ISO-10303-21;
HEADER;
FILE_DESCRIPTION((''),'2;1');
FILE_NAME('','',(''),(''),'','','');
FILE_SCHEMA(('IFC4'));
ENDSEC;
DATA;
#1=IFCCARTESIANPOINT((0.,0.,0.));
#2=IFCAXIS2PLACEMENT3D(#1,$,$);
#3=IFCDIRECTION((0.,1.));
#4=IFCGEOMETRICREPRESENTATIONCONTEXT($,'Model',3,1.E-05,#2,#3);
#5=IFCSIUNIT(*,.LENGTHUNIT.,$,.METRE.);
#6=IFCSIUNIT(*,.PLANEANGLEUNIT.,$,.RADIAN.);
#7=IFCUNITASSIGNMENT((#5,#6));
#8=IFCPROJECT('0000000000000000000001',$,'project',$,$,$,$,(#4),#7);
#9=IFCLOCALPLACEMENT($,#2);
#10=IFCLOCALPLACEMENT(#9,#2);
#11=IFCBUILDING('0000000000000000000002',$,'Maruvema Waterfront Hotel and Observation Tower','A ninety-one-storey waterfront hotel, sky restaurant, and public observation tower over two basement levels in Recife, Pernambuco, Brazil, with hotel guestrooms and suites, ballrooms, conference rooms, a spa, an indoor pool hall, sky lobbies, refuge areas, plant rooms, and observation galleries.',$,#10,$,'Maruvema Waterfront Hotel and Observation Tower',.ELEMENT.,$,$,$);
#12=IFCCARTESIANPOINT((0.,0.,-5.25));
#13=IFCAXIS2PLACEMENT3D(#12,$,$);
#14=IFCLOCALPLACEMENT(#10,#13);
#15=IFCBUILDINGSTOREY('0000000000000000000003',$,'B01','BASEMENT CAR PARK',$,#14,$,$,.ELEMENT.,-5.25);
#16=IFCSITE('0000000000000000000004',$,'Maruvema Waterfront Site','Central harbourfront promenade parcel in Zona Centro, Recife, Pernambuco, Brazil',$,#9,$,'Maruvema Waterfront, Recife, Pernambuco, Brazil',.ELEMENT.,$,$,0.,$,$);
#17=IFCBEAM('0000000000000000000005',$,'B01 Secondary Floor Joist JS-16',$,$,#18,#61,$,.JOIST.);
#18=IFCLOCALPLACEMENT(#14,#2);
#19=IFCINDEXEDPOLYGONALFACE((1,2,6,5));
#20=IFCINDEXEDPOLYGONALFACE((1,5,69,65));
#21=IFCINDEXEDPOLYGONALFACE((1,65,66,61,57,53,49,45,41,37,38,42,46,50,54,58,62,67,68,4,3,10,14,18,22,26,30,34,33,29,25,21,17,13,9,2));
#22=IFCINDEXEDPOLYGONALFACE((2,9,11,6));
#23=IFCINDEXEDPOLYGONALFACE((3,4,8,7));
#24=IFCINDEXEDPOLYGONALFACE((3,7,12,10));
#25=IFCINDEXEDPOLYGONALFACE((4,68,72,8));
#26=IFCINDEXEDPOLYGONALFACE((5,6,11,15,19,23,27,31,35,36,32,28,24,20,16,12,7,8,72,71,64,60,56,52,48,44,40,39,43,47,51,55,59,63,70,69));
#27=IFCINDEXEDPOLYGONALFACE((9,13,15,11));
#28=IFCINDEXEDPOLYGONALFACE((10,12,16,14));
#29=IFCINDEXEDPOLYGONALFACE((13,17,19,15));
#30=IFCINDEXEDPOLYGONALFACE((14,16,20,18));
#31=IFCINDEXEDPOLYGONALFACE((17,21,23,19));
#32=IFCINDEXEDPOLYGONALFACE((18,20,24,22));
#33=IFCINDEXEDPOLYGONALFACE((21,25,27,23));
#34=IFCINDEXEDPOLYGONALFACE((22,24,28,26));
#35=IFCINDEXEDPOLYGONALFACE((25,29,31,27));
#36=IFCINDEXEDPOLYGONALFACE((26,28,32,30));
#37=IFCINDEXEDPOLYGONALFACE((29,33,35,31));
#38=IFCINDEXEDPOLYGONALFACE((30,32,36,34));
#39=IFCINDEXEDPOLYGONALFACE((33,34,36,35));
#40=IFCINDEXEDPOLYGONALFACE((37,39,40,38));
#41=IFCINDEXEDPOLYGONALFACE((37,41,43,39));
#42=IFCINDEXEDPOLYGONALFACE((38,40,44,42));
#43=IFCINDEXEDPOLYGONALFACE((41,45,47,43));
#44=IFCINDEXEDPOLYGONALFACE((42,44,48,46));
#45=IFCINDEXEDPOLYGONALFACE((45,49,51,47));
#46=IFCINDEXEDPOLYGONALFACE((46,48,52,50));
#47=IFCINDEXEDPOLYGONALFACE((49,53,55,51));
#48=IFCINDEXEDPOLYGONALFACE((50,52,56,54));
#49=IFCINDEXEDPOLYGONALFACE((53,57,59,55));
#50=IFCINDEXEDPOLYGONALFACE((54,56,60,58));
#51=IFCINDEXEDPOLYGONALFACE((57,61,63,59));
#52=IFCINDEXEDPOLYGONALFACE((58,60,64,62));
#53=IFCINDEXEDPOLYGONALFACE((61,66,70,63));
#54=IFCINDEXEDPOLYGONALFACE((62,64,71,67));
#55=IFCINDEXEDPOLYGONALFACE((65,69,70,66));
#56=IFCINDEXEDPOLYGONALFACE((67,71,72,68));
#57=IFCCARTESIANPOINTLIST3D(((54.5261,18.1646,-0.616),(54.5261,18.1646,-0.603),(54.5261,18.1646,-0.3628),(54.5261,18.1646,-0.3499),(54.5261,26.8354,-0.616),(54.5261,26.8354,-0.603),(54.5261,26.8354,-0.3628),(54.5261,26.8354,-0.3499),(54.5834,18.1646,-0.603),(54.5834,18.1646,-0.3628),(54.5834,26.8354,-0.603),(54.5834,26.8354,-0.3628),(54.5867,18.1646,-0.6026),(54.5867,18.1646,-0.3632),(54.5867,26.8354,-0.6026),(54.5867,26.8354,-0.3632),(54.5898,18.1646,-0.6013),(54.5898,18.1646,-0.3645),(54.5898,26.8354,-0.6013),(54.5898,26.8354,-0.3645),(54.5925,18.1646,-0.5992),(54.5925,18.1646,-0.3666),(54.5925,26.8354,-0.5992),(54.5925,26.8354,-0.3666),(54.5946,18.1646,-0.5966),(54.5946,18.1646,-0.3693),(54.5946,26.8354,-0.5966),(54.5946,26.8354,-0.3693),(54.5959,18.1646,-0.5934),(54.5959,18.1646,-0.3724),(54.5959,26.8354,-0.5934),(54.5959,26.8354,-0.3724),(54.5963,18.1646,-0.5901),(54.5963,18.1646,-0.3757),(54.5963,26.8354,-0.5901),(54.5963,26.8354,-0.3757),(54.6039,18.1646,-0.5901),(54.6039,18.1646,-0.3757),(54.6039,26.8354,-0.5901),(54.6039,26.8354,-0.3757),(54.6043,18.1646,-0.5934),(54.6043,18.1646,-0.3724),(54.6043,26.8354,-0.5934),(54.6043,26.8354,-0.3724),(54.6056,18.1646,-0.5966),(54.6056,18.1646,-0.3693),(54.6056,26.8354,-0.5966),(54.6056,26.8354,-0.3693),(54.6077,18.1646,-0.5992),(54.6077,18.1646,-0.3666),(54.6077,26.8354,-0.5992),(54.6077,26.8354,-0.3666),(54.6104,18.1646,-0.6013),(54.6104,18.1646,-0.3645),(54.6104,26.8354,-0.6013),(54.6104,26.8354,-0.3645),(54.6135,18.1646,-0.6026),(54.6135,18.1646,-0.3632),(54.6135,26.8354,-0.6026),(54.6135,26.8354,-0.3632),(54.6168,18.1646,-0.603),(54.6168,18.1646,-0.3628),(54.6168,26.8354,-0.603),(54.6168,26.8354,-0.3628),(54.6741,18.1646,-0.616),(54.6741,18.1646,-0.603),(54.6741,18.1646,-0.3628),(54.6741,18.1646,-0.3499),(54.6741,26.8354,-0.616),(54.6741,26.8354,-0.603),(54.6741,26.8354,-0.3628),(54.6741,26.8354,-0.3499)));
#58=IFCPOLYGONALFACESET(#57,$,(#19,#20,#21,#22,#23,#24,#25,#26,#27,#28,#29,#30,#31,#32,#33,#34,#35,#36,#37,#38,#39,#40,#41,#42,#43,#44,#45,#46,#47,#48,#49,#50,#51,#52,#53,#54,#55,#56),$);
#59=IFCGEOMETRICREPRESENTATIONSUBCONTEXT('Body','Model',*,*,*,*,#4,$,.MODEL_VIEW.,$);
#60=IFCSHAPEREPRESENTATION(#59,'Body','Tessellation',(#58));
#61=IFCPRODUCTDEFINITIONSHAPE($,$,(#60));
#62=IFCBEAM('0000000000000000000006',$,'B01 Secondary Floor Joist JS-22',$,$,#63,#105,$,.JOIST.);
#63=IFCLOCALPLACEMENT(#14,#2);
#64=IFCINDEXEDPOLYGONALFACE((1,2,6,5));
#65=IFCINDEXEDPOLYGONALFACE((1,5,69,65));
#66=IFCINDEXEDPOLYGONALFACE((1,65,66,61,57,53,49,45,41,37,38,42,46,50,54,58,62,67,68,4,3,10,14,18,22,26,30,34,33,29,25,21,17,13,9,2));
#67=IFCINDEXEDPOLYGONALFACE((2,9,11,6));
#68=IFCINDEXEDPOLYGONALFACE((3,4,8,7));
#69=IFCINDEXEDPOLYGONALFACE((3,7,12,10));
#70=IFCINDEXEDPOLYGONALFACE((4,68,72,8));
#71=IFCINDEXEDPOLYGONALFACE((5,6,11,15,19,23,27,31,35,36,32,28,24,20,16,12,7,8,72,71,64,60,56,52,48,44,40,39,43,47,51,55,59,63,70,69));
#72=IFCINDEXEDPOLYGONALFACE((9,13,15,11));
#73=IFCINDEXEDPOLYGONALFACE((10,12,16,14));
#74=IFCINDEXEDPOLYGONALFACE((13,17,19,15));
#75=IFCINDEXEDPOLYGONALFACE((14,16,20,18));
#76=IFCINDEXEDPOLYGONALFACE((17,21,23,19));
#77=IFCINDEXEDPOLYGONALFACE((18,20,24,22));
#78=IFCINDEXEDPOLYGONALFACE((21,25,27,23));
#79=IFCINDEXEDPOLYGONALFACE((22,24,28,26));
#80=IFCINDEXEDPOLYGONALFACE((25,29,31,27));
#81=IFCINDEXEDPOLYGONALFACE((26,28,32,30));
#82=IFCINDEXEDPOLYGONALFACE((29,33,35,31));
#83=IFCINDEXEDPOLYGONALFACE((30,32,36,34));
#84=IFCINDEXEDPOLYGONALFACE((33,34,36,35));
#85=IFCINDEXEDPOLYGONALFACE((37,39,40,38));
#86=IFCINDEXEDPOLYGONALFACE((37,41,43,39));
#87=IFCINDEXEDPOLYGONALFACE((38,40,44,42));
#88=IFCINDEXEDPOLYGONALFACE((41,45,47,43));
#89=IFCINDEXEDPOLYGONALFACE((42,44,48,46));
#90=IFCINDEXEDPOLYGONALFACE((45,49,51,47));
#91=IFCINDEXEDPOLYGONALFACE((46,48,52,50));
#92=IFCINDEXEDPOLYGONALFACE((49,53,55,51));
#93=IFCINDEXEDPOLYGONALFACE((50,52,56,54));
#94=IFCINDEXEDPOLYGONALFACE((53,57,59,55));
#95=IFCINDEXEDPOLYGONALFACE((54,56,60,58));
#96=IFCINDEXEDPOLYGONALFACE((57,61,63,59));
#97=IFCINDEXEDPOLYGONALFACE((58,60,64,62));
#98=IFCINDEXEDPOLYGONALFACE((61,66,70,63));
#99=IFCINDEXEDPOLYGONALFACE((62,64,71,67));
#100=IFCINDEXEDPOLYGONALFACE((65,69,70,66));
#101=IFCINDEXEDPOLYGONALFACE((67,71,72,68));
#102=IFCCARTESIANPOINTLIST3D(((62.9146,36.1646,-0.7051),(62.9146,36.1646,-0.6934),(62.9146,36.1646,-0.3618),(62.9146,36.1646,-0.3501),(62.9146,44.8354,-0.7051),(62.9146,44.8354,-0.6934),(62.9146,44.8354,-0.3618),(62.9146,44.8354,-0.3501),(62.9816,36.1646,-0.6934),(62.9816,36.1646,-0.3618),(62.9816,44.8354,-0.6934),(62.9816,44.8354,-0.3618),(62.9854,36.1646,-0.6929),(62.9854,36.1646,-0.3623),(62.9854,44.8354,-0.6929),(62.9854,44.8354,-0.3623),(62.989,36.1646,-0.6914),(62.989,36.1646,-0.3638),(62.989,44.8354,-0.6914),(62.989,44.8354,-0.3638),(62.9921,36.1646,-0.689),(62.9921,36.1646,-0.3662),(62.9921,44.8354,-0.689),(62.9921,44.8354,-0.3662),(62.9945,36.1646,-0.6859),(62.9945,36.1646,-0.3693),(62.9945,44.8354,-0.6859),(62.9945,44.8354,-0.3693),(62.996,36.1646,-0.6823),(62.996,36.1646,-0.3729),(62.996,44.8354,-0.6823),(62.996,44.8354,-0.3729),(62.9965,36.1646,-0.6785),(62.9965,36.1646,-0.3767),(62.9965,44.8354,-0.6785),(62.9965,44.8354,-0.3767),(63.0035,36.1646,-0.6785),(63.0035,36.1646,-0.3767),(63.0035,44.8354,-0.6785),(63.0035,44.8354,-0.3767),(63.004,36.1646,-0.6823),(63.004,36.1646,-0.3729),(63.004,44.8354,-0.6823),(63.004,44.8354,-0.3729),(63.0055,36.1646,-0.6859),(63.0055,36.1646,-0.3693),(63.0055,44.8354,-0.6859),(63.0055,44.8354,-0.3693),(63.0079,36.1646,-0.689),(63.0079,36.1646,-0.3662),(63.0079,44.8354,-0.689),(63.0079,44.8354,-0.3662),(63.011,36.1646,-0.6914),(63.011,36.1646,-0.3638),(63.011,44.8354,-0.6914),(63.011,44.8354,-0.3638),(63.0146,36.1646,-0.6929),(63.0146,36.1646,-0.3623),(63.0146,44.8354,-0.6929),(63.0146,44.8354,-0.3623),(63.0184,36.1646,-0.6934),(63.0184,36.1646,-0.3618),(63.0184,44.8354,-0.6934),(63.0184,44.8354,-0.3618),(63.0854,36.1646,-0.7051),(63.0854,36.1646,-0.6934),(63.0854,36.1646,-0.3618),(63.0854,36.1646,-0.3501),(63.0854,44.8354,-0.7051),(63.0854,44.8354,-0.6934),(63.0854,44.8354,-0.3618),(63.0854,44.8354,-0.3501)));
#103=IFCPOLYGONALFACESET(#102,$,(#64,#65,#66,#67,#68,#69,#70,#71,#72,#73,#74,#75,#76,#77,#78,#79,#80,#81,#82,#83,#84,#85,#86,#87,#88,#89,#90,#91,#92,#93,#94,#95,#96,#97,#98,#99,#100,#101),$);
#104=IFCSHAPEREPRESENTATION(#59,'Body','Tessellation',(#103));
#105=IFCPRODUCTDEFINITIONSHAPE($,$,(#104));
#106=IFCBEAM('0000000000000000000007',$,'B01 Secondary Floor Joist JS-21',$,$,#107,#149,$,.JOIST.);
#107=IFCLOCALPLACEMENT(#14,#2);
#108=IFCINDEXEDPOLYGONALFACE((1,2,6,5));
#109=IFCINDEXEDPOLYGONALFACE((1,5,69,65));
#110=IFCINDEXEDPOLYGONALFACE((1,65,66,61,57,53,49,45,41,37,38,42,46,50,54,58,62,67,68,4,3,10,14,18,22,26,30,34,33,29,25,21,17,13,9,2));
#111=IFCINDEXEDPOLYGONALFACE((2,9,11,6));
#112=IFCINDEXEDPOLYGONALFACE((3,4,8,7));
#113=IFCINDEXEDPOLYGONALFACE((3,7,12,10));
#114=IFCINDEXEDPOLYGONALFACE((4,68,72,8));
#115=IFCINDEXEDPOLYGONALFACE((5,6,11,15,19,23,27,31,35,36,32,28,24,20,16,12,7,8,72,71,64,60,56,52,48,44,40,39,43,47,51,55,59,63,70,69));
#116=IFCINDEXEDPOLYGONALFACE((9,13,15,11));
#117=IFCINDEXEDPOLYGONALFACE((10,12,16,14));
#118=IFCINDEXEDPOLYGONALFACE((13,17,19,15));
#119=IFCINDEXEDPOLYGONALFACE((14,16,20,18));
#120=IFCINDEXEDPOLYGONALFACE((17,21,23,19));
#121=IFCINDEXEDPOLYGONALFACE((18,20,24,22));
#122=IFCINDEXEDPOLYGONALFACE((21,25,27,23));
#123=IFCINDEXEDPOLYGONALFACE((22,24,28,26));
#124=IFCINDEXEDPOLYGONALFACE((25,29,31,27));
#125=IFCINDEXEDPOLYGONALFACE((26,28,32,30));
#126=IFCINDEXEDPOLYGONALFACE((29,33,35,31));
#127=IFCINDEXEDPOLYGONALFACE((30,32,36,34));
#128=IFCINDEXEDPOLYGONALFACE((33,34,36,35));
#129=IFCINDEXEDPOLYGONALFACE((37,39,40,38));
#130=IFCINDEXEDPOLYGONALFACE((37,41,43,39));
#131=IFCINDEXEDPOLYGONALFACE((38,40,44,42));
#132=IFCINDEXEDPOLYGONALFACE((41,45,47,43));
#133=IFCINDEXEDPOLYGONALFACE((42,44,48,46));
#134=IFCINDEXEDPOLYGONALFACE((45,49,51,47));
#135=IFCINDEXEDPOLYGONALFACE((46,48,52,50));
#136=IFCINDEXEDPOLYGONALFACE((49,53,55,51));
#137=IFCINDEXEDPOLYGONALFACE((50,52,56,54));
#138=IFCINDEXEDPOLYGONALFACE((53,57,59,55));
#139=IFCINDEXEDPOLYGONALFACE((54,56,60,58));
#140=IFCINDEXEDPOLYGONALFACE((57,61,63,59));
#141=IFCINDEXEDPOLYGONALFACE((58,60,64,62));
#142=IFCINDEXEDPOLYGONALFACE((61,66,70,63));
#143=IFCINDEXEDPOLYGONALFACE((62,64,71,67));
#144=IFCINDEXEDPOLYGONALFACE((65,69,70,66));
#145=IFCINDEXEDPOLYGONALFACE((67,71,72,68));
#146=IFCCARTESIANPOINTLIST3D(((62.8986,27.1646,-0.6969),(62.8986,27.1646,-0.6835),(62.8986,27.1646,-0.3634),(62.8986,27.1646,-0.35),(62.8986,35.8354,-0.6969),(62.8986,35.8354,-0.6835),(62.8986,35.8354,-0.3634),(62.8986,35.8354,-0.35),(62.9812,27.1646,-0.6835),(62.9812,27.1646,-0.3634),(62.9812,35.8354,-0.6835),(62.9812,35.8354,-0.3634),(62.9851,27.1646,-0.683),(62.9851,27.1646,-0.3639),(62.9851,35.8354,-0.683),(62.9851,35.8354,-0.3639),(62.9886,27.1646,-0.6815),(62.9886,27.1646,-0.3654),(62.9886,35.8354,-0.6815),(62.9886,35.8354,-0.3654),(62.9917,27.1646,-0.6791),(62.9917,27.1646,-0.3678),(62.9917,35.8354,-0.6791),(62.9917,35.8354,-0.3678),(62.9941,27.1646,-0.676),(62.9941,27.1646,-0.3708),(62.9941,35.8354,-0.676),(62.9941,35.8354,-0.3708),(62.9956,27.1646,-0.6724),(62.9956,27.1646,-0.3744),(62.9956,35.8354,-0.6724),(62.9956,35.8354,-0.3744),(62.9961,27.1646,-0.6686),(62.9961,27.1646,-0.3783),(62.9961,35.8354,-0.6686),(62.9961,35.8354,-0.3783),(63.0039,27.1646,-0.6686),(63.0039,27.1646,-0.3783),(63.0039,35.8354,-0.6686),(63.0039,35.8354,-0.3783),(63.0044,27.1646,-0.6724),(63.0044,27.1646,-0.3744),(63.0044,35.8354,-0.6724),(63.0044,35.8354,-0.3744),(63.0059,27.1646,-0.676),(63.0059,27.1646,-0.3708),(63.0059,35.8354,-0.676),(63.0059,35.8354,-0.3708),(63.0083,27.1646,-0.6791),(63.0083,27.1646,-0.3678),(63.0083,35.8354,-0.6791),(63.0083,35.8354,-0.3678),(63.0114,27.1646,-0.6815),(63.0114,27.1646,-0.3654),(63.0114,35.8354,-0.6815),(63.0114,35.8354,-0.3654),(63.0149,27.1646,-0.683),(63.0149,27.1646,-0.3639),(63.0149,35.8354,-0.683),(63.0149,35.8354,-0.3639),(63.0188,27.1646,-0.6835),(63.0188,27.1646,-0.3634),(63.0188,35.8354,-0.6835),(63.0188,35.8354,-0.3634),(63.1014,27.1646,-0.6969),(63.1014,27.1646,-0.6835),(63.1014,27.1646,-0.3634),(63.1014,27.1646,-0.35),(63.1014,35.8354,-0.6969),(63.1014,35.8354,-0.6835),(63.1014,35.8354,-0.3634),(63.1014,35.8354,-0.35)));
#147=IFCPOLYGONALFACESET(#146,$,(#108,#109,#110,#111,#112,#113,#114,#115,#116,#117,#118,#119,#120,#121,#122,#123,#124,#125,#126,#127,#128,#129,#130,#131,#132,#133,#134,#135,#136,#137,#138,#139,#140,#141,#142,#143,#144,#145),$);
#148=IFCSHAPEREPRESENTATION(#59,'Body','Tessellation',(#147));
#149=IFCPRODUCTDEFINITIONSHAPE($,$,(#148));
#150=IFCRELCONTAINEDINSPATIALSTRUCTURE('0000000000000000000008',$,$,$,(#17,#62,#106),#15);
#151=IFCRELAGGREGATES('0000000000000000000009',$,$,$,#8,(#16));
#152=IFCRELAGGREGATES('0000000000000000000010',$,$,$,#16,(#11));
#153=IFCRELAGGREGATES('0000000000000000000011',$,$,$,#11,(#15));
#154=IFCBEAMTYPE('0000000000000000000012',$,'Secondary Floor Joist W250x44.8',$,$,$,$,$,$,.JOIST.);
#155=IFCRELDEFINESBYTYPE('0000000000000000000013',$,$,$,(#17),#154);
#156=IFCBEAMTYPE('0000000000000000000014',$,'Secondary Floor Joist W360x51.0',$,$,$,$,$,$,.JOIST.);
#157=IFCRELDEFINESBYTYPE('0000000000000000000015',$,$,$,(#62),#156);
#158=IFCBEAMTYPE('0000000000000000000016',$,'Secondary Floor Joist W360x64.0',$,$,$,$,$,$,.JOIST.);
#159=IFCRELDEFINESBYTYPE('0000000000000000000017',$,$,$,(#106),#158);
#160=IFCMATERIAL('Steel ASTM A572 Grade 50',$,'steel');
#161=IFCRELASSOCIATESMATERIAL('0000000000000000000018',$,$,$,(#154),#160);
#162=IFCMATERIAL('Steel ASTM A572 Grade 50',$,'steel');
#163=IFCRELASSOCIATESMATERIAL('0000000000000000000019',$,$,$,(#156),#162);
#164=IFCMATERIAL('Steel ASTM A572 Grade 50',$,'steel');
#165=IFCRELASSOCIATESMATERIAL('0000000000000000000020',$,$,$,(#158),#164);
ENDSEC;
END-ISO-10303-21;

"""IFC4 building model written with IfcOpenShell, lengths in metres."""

from ifc_helpers import new_model, si_unit, direction, frame, origin, origin_2d, place, context, subcontext, project, spatial, i_section, extrude, material, material_profile, profile_set, type_object, element, save


model = new_model("IFC4")

# Units and contexts
model_context = context("Model", 3, precision=1e-05, world=origin(), true_north=direction((0.0, 1.0)))
body_context = subcontext(model_context, "Body", "Model", "MODEL_VIEW")
ifc_project = project(units=[si_unit("LENGTHUNIT", "METRE"), si_unit("PLANEANGLEUNIT", "RADIAN")], contexts=[model_context])

# Site, building, storey
site_placement = place(None, origin())
site = spatial("IfcSite", under=ifc_project, at=site_placement, Name="Maruvema Waterfront Site", Description="Central harbourfront promenade parcel in Zona Centro, Recife, Pernambuco, Brazil", LongName="Maruvema Waterfront, Recife, Pernambuco, Brazil", CompositionType="ELEMENT", RefElevation=0.0)
building_placement = place(site_placement, origin())
building = spatial("IfcBuilding", under=site, at=building_placement, Name="Maruvema Waterfront Hotel and Observation Tower", Description="A ninety-one-storey waterfront hotel, sky restaurant, and public observation tower over two basement levels in Recife, Pernambuco, Brazil, with hotel guestrooms and suites, ballrooms, conference rooms, a spa, an indoor pool hall, sky lobbies, refuge areas, plant rooms, and observation galleries.", LongName="Maruvema Waterfront Hotel and Observation Tower", CompositionType="ELEMENT")
storey_placement = place(building_placement, frame((0.0, 0.0, -5.25)))
storey = spatial("IfcBuildingStorey", under=building, at=storey_placement, Name="B01", Description="BASEMENT CAR PARK", CompositionType="ELEMENT", Elevation=-5.25)

# Beams
ifc_material_1 = material(Name="Steel ASTM A572 Grade 50", Category="steel")
ifc_material_profile_1 = material_profile(ifc_material_1, i_section(OverallWidth=0.1479, OverallDepth=0.2661, WebThickness=0.0076, FlangeThickness=0.0129, FilletRadius=0.0129, at=origin_2d()), Name="W250x44.8")
ifc_profile_set_1 = profile_set([ifc_material_profile_1], Name="Steel ASTM A572 Grade 50")
beam_type_1 = type_object("IfcBeamType", Name="Secondary Floor Joist W250x44.8", PredefinedType="JOIST", material=ifc_profile_set_1)
beam_1_placement = place(storey_placement, frame((54.6001, 18.1646, -0.4829), z_axis=(0.0, 1.0, 0.0), x_axis=(-1.0, 0.0, 0.0)))
element("IfcBeam", 1, at=beam_1_placement, inside=storey, type_object=beam_type_1, Name="B01 Secondary Floor Joist JS-16", PredefinedType="JOIST", context=body_context, shape_type="SweptSolid", body=[
    extrude(i_section(OverallWidth=0.1479, OverallDepth=0.2661, WebThickness=0.0076, FlangeThickness=0.0129, FilletRadius=0.0129, at=origin_2d()), origin(), (0.0, 0.0, 1.0), 8.6709),
])
ifc_material_2 = material(Name="Steel ASTM A572 Grade 50", Category="steel")
ifc_material_profile_2 = material_profile(ifc_material_2, i_section(OverallWidth=0.1709, OverallDepth=0.355, WebThickness=0.0071, FlangeThickness=0.0117, FilletRadius=0.0149, at=origin_2d()), Name="W360x51.0")
ifc_profile_set_2 = profile_set([ifc_material_profile_2], Name="Steel ASTM A572 Grade 50")
beam_type_2 = type_object("IfcBeamType", Name="Secondary Floor Joist W360x51.0", PredefinedType="JOIST", material=ifc_profile_set_2)
beam_2_placement = place(storey_placement, frame((63.0, 36.1646, -0.5276), z_axis=(0.0, 1.0, 0.0), x_axis=(-1.0, 0.0, 0.0)))
element("IfcBeam", 2, at=beam_2_placement, inside=storey, type_object=beam_type_2, Name="B01 Secondary Floor Joist JS-22", PredefinedType="JOIST", context=body_context, shape_type="SweptSolid", body=[
    extrude(i_section(OverallWidth=0.1709, OverallDepth=0.355, WebThickness=0.0071, FlangeThickness=0.0117, FilletRadius=0.0149, at=origin_2d()), origin(), (0.0, 0.0, 1.0), 8.6709),
])
ifc_material_3 = material(Name="Steel ASTM A572 Grade 50", Category="steel")
ifc_material_profile_3 = material_profile(ifc_material_3, i_section(OverallWidth=0.2029, OverallDepth=0.3469, WebThickness=0.0078, FlangeThickness=0.0134, FilletRadius=0.0149, at=origin_2d()), Name="W360x64.0")
ifc_profile_set_3 = profile_set([ifc_material_profile_3], Name="Steel ASTM A572 Grade 50")
beam_type_3 = type_object("IfcBeamType", Name="Secondary Floor Joist W360x64.0", PredefinedType="JOIST", material=ifc_profile_set_3)
beam_3_placement = place(storey_placement, frame((63.0, 27.1646, -0.5234), z_axis=(0.0, 1.0, 0.0), x_axis=(-1.0, 0.0, 0.0)))
element("IfcBeam", 3, at=beam_3_placement, inside=storey, type_object=beam_type_3, Name="B01 Secondary Floor Joist JS-21", PredefinedType="JOIST", context=body_context, shape_type="SweptSolid", body=[
    extrude(i_section(OverallWidth=0.2029, OverallDepth=0.3469, WebThickness=0.0078, FlangeThickness=0.0134, FilletRadius=0.0149, at=origin_2d()), origin(), (0.0, 0.0, 1.0), 8.6709),
])

save(model, "model.ifc")
